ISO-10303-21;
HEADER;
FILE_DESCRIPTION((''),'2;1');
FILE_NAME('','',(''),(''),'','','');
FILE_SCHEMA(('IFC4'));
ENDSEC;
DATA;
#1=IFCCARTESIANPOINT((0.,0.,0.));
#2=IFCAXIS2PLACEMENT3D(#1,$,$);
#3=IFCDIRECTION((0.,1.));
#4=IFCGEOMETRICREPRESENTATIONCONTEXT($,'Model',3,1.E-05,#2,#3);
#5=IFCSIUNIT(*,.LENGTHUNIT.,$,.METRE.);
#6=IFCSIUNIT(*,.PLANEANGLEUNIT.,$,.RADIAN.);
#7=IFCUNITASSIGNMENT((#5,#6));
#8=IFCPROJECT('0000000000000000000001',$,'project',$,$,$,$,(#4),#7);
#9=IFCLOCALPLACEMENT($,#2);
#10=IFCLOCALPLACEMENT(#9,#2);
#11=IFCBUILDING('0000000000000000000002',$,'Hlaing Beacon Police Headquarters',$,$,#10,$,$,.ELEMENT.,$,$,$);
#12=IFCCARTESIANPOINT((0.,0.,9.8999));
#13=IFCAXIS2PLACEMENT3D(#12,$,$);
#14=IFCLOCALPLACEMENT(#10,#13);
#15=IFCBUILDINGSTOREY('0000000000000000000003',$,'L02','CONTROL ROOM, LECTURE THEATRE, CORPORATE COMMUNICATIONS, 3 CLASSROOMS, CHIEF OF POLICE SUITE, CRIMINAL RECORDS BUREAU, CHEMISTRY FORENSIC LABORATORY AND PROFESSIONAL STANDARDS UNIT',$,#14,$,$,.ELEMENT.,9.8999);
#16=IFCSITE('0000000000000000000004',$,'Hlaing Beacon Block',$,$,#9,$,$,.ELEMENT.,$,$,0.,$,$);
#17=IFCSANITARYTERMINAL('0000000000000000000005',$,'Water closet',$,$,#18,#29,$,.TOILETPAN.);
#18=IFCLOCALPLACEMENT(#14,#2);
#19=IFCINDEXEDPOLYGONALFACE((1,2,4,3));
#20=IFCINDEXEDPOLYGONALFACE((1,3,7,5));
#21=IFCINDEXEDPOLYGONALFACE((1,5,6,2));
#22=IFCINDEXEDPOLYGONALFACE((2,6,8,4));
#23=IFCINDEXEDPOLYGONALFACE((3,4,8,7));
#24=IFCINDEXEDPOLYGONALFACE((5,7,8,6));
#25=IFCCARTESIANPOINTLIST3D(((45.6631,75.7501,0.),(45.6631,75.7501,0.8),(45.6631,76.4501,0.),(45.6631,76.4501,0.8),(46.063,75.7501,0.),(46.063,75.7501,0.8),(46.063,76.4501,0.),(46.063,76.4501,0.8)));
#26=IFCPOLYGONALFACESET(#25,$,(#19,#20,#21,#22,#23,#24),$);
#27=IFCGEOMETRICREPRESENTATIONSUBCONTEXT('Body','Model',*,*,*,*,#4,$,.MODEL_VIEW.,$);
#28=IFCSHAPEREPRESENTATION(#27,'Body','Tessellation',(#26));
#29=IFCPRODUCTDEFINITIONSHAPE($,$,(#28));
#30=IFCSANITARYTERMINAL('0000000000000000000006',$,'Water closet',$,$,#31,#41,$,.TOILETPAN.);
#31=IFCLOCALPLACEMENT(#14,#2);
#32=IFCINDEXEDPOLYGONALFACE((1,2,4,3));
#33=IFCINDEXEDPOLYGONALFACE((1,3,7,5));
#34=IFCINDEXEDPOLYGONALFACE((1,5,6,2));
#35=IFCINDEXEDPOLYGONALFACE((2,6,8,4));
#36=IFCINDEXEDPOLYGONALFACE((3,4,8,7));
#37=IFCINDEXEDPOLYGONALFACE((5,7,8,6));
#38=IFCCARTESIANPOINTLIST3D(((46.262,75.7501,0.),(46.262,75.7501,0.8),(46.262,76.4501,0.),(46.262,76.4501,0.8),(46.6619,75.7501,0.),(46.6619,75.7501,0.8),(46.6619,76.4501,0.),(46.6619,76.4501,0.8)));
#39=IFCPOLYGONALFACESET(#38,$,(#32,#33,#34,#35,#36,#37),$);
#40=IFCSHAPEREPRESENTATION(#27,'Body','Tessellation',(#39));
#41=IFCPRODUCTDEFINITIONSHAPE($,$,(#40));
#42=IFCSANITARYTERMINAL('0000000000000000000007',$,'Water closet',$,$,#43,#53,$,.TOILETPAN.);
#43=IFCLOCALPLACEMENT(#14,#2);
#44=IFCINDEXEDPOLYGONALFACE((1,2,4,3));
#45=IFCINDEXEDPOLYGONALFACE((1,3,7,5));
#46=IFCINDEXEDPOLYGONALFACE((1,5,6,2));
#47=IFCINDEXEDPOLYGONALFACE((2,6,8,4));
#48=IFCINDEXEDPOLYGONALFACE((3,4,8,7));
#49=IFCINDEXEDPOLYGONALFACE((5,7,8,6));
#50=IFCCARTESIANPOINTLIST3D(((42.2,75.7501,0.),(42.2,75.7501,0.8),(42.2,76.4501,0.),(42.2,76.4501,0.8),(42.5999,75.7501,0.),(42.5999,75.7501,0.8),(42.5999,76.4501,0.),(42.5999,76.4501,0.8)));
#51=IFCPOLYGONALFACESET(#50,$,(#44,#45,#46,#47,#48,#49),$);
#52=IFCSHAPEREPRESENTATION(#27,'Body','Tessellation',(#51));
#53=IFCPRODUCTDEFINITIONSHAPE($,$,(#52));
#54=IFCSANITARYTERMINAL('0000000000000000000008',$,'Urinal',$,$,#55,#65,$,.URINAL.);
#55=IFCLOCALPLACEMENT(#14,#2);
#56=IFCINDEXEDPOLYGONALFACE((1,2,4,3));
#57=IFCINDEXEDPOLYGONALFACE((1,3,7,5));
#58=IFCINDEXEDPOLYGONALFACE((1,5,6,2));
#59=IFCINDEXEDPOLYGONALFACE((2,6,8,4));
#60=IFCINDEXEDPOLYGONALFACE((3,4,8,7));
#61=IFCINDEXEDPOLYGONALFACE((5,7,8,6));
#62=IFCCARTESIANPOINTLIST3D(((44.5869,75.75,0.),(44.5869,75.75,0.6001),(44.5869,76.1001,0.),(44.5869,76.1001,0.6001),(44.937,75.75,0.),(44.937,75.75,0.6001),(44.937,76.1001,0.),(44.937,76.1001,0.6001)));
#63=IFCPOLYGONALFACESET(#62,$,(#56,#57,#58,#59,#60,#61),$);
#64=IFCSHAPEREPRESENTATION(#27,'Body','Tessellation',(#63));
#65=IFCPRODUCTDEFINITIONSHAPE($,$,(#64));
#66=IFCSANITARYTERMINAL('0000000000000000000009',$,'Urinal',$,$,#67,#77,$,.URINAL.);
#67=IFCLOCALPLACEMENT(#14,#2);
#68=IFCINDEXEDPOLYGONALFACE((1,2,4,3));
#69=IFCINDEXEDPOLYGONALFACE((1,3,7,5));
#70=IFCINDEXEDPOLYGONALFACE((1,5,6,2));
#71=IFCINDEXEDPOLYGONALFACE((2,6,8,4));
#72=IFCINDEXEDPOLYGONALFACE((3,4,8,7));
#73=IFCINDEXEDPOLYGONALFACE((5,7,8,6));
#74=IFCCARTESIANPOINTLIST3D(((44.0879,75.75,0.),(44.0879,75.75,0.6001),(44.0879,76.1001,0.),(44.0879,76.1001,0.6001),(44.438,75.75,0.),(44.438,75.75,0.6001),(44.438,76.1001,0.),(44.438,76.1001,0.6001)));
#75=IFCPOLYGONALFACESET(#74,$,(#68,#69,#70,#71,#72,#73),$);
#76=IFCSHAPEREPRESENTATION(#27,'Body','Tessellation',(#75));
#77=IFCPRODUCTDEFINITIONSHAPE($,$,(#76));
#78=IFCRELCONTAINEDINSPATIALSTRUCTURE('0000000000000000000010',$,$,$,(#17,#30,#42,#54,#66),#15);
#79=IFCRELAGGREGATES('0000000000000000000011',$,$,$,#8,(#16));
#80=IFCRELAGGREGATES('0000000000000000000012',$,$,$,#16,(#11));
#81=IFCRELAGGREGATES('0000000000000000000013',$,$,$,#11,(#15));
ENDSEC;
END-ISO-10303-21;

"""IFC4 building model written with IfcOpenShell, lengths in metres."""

from ifc_helpers import new_model, si_unit, direction, frame, origin, origin_2d, place, context, subcontext, project, spatial, rectangle, extrude, element, save


model = new_model("IFC4")

# Units and contexts
model_context = context("Model", 3, precision=1e-05, world=origin(), true_north=direction((0.0, 1.0)))
body_context = subcontext(model_context, "Body", "Model", "MODEL_VIEW")
ifc_project = project(units=[si_unit("LENGTHUNIT", "METRE"), si_unit("PLANEANGLEUNIT", "RADIAN")], contexts=[model_context])

# Site, building, storey
site_placement = place(None, origin())
site = spatial("IfcSite", under=ifc_project, at=site_placement, Name="Hlaing Beacon Block", CompositionType="ELEMENT", RefElevation=0.0)
building_placement = place(site_placement, origin())
building = spatial("IfcBuilding", under=site, at=building_placement, Name="Hlaing Beacon Police Headquarters", CompositionType="ELEMENT")
storey_placement = place(building_placement, frame((0.0, 0.0, 9.8999)))
storey = spatial("IfcBuildingStorey", under=building, at=storey_placement, Name="L02", Description="CONTROL ROOM, LECTURE THEATRE, CORPORATE COMMUNICATIONS, 3 CLASSROOMS, CHIEF OF POLICE SUITE, CRIMINAL RECORDS BUREAU, CHEMISTRY FORENSIC LABORATORY AND PROFESSIONAL STANDARDS UNIT", CompositionType="ELEMENT", Elevation=9.8999)

# Sanitary terminals
for number, where, z_axis, x_axis, name in (
    (1, (45.863, 76.1001, 0.0), (0.0, 0.0, 1.0), (1.0, 0.0, 0.0), "Water closet"),
    (2, (46.4619, 76.1001, 0.0), (0.0, 0.0, 1.0), (1.0, 0.0, 0.0), "Water closet"),
    (3, (42.3999, 76.1001, 0.0), (0.0, 0.0, 1.0), (1.0, 0.0, 0.0), "Water closet"),
):
    element("IfcSanitaryTerminal", number, at=place(storey_placement, frame(where, z_axis=z_axis, x_axis=x_axis)), inside=storey, Name=name, PredefinedType="TOILETPAN", context=body_context, shape_type="SweptSolid", body=[
        extrude(rectangle(XDim=0.3999, YDim=0.7, at=origin_2d()), origin(), (0.0, 0.0, 1.0), 0.8),
    ])
for number, where, z_axis, x_axis, name in (
    (4, (44.762, 75.925, 0.0), (0.0, 0.0, 1.0), (1.0, 0.0, 0.0), "Urinal"),
    (5, (44.2629, 75.925, 0.0), (0.0, 0.0, 1.0), (1.0, 0.0, 0.0), "Urinal"),
):
    element("IfcSanitaryTerminal", number, at=place(storey_placement, frame(where, z_axis=z_axis, x_axis=x_axis)), inside=storey, Name=name, PredefinedType="URINAL", context=body_context, shape_type="SweptSolid", body=[
        extrude(rectangle(XDim=0.3501, YDim=0.3501, at=origin_2d()), origin(), (0.0, 0.0, 1.0), 0.6001),
    ])

save(model, "model.ifc")
